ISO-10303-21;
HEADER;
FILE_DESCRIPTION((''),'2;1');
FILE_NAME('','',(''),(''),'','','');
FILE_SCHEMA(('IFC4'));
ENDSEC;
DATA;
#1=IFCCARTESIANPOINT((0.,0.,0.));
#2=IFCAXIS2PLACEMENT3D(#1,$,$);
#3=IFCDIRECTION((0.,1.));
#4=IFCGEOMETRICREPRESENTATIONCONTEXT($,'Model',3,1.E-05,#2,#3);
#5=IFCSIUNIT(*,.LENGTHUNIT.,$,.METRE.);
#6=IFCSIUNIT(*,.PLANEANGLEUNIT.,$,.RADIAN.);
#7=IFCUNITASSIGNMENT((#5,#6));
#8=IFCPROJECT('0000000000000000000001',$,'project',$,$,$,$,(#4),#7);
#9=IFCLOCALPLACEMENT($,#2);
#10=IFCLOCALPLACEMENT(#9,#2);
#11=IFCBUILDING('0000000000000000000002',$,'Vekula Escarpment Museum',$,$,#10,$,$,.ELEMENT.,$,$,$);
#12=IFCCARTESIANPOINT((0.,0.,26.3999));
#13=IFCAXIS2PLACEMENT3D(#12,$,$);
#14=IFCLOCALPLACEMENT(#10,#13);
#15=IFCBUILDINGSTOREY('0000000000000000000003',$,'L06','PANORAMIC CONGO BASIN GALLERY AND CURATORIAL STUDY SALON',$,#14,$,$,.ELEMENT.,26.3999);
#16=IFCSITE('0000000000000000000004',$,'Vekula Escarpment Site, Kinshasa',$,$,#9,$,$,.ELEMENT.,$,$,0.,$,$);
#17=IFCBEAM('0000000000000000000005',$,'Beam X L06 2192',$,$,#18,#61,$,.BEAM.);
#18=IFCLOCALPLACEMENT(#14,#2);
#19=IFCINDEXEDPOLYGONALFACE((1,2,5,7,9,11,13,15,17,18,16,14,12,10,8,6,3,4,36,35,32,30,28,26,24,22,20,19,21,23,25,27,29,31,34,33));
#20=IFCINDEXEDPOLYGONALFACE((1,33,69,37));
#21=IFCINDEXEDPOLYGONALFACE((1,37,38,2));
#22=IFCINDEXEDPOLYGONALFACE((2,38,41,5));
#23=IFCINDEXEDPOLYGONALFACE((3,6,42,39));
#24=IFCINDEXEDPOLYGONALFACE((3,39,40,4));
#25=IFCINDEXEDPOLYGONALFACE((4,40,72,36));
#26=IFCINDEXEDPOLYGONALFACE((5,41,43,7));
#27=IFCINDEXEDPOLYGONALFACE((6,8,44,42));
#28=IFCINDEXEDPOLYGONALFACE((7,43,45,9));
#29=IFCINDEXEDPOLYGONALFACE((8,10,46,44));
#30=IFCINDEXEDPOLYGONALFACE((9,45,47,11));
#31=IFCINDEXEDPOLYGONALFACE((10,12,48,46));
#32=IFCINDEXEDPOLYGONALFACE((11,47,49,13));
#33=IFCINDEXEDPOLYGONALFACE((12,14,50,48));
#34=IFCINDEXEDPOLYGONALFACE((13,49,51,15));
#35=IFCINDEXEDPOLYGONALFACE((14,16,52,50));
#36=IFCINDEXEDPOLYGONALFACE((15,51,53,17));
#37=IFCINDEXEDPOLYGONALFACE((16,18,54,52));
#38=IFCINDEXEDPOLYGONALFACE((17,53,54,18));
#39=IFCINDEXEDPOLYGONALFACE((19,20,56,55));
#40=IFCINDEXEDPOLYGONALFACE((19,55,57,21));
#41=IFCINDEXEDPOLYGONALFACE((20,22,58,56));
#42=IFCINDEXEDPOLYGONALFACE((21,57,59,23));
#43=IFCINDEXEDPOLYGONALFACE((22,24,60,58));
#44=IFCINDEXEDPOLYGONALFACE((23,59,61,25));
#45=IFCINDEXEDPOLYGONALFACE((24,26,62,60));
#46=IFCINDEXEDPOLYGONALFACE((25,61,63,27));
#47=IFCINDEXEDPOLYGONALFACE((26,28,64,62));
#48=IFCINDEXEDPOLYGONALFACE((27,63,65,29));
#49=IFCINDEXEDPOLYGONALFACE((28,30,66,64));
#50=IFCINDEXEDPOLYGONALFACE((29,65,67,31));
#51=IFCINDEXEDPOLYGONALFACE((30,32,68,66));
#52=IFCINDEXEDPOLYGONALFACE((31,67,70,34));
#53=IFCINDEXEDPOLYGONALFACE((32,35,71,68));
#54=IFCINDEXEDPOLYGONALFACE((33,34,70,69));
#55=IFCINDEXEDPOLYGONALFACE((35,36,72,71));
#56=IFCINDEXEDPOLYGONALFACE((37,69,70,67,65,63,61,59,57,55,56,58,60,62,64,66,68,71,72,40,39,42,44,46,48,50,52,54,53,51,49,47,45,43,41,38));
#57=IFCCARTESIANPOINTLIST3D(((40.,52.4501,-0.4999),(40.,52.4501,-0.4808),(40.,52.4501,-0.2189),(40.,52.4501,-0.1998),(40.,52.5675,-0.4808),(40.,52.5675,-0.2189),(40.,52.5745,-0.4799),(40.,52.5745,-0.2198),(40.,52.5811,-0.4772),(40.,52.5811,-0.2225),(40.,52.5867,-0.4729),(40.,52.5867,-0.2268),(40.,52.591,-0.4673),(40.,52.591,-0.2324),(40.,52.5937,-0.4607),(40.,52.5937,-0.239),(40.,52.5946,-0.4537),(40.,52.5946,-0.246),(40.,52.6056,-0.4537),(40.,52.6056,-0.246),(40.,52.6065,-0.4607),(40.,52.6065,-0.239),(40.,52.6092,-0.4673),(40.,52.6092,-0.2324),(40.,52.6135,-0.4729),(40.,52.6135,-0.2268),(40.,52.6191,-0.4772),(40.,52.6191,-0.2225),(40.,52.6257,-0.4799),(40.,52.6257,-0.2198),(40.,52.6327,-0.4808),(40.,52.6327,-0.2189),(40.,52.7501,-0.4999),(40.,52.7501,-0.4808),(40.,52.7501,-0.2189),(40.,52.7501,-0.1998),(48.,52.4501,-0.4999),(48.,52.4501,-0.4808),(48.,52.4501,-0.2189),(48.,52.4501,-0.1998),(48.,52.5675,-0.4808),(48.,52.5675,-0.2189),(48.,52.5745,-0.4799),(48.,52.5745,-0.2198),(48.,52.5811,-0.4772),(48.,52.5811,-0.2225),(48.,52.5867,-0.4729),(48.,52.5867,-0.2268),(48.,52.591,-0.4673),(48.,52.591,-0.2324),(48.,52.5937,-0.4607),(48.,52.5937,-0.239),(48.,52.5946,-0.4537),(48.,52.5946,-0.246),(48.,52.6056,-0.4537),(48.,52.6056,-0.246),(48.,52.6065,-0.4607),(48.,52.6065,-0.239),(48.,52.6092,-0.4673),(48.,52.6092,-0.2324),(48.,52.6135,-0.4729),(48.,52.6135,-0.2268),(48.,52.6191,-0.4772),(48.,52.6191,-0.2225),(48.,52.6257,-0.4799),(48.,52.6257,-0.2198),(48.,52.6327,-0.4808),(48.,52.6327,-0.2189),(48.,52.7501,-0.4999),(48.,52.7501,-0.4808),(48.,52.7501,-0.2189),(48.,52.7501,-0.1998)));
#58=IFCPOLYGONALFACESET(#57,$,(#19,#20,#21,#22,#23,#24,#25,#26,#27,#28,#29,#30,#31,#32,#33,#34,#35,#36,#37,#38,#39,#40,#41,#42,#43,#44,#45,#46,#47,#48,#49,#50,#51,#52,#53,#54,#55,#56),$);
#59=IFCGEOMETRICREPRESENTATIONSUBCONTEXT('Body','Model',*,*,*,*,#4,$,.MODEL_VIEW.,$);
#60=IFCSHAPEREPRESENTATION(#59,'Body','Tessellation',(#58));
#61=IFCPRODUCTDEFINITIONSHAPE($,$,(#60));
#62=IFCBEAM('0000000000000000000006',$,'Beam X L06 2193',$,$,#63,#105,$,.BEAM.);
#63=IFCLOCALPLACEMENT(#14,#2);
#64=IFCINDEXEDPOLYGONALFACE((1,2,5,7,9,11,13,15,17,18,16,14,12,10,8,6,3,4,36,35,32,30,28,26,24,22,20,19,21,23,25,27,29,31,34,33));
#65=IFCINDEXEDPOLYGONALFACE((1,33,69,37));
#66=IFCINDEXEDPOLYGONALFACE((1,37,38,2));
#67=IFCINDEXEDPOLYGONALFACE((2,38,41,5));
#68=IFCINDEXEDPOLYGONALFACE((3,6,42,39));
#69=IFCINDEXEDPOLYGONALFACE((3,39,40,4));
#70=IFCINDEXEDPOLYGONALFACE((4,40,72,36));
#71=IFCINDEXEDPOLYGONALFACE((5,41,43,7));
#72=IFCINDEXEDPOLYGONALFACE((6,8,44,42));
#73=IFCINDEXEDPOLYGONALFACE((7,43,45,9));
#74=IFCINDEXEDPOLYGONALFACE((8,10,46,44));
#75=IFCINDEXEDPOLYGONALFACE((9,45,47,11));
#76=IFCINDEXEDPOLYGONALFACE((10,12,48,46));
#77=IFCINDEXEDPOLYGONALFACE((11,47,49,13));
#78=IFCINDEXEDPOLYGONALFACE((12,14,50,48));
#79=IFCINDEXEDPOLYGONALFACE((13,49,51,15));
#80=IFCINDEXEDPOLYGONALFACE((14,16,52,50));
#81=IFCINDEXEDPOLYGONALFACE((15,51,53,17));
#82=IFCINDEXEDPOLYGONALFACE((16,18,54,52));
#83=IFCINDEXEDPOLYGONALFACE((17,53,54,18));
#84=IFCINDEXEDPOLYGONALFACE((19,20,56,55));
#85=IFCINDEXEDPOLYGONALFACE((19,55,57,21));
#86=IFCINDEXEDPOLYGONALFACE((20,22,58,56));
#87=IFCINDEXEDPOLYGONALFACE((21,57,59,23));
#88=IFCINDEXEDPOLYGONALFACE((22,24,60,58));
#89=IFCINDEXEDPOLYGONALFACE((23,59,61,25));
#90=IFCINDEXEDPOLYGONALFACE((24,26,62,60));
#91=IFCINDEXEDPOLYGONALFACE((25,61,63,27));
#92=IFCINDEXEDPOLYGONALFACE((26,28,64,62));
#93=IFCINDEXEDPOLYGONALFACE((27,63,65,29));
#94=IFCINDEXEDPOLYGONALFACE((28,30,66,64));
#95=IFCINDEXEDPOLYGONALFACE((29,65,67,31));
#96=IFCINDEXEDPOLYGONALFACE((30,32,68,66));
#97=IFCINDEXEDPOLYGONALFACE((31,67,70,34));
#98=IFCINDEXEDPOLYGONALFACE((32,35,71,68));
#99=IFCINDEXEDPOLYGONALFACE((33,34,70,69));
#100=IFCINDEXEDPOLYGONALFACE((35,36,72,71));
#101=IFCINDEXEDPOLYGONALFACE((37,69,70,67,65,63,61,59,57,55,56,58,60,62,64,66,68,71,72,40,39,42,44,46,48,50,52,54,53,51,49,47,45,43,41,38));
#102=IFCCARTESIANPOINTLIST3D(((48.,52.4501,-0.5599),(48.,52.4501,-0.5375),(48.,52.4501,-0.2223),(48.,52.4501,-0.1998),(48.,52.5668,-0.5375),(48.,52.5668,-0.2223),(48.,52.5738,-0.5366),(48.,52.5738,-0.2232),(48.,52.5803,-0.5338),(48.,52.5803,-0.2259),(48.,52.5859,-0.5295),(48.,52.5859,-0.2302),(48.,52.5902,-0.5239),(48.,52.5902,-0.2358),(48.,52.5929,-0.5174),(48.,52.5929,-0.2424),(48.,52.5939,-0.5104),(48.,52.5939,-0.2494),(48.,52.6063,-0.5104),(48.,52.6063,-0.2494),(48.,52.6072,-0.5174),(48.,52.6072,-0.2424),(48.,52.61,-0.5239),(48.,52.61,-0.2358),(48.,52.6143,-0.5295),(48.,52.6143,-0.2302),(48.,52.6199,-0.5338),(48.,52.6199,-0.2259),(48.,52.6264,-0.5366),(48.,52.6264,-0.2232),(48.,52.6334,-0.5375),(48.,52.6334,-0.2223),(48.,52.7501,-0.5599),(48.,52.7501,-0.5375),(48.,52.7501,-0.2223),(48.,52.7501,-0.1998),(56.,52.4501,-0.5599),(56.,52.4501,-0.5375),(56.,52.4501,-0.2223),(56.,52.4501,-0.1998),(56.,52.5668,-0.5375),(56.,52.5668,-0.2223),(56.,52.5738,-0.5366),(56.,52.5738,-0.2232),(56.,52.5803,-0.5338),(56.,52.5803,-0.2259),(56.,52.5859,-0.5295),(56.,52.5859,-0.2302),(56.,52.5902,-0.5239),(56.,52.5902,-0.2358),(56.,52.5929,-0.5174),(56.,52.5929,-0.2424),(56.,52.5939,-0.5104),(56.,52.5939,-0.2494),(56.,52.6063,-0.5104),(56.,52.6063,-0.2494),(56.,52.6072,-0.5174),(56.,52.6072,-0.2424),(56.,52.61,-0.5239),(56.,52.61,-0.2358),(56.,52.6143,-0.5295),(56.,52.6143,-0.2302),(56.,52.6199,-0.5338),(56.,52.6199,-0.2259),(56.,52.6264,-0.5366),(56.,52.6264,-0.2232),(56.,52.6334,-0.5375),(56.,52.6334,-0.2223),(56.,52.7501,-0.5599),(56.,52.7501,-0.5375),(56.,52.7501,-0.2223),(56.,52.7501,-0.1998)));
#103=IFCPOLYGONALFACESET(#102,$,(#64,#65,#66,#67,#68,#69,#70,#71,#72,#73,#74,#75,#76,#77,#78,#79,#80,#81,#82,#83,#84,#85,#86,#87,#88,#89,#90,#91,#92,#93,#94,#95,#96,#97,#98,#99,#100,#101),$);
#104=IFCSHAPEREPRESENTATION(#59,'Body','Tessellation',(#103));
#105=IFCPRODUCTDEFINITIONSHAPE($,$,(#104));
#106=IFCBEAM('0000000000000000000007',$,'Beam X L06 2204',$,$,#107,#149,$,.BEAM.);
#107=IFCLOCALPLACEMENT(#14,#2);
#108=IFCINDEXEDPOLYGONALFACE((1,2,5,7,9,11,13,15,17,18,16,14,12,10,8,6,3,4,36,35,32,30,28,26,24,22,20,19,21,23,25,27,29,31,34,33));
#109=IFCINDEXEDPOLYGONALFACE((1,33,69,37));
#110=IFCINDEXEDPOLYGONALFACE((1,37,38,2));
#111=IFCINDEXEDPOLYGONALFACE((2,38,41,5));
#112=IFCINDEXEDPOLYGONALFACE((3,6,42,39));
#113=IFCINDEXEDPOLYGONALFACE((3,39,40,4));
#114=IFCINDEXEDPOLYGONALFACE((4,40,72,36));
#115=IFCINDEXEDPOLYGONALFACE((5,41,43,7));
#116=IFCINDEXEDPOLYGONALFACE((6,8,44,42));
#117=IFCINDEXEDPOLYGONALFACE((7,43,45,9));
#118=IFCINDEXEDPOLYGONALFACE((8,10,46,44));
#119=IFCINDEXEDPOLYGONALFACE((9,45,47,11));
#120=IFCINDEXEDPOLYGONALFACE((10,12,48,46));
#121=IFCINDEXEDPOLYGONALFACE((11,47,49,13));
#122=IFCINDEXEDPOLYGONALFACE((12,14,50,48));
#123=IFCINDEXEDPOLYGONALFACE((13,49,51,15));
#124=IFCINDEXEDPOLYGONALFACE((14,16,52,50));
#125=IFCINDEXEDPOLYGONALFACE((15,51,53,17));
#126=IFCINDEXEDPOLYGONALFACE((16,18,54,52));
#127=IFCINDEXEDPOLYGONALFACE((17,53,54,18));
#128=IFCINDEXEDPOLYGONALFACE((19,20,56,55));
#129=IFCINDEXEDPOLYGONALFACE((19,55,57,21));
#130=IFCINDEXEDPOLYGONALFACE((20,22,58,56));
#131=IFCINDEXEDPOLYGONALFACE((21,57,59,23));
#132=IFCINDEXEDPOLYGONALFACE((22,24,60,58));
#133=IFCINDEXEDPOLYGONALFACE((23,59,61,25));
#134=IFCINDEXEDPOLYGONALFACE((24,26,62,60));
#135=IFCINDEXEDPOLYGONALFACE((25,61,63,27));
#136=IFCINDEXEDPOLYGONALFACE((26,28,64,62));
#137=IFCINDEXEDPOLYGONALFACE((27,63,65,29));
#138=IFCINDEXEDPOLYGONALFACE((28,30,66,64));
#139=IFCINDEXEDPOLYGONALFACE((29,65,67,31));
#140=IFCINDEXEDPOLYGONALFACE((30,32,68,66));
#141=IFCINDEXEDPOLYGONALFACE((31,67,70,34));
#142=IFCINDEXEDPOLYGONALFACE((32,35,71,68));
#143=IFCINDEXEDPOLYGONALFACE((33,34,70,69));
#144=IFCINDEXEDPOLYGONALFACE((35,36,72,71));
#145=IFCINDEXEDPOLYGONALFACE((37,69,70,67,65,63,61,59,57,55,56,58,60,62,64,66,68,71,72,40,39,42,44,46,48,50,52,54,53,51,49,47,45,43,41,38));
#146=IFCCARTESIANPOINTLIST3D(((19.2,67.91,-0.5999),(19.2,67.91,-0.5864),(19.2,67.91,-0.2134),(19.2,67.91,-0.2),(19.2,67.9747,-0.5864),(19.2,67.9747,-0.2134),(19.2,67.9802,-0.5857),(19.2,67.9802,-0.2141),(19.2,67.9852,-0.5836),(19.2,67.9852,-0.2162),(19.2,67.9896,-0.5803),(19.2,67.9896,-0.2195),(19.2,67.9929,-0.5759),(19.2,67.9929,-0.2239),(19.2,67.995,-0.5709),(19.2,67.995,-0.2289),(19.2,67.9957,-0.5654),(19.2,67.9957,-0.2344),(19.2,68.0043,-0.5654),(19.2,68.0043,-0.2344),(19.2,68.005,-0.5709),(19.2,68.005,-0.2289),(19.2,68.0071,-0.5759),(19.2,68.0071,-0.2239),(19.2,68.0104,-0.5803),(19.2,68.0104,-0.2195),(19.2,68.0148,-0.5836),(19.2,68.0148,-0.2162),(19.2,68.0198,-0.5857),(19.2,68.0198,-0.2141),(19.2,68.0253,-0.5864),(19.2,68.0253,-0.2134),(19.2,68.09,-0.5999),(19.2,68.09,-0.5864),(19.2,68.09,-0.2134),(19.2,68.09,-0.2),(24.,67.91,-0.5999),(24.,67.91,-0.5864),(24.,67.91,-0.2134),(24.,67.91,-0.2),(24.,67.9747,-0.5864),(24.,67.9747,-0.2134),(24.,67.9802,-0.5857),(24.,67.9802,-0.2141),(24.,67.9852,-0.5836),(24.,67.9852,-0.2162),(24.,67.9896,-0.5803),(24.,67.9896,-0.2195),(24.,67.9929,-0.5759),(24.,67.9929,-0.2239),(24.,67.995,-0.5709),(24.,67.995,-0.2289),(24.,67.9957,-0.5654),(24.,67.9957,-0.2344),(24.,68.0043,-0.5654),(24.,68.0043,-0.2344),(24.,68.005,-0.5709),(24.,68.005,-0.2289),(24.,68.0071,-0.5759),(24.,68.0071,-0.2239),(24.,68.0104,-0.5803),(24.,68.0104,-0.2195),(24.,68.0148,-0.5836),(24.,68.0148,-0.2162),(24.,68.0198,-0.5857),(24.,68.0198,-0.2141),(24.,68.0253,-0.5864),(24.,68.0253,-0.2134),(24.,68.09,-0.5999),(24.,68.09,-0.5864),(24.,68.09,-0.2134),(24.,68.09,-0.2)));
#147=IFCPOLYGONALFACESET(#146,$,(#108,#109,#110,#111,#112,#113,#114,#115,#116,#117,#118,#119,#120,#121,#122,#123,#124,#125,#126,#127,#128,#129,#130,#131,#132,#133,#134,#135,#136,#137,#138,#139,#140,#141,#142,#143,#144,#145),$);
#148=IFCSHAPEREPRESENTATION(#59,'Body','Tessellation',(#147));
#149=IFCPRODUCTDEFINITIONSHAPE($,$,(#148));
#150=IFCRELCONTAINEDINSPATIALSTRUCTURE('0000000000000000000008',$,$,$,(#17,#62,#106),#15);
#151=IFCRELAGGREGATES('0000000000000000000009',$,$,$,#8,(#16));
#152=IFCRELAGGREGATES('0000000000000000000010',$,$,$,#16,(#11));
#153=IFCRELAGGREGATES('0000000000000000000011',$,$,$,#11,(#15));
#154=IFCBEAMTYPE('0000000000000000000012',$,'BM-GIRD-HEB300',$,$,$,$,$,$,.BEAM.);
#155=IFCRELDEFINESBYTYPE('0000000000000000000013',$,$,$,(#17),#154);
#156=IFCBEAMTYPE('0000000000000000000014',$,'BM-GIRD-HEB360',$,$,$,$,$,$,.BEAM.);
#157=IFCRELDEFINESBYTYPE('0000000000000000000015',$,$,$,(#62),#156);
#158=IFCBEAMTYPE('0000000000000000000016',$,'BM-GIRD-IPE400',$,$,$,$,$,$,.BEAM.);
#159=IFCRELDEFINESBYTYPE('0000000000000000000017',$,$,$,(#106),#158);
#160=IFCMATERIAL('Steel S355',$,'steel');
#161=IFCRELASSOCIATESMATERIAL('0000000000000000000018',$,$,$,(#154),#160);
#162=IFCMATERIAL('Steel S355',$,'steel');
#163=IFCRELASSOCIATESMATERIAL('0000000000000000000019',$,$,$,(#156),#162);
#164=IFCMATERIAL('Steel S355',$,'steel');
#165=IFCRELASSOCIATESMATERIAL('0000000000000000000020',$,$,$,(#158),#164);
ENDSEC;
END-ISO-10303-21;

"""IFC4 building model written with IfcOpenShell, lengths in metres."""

from ifc_helpers import new_model, si_unit, direction, frame, origin, origin_2d, place, context, subcontext, project, spatial, i_section, extrude, material, material_profile, profile_set, type_object, element, save


model = new_model("IFC4")

# Units and contexts
model_context = context("Model", 3, precision=1e-05, world=origin(), true_north=direction((0.0, 1.0)))
body_context = subcontext(model_context, "Body", "Model", "MODEL_VIEW")
ifc_project = project(units=[si_unit("LENGTHUNIT", "METRE"), si_unit("PLANEANGLEUNIT", "RADIAN")], contexts=[model_context])

# Site, building, storey
site_placement = place(None, origin())
site = spatial("IfcSite", under=ifc_project, at=site_placement, Name="Vekula Escarpment Site, Kinshasa", CompositionType="ELEMENT", RefElevation=0.0)
building_placement = place(site_placement, origin())
building = spatial("IfcBuilding", under=site, at=building_placement, Name="Vekula Escarpment Museum", CompositionType="ELEMENT")
storey_placement = place(building_placement, frame((0.0, 0.0, 26.3999)))
storey = spatial("IfcBuildingStorey", under=building, at=storey_placement, Name="L06", Description="PANORAMIC CONGO BASIN GALLERY AND CURATORIAL STUDY SALON", CompositionType="ELEMENT", Elevation=26.3999)

# Beams
ifc_material_1 = material(Name="Steel S355", Category="steel")
ifc_material_profile_1 = material_profile(ifc_material_1, i_section(OverallWidth=0.3, OverallDepth=0.3, WebThickness=0.011, FlangeThickness=0.019, FilletRadius=0.0271, at=origin_2d()), Name="HEB 300")
ifc_profile_set_1 = profile_set([ifc_material_profile_1], Name="Steel S355")
beam_type_1 = type_object("IfcBeamType", Name="BM-GIRD-HEB300", PredefinedType="BEAM", material=ifc_profile_set_1)
beam_1_placement = place(storey_placement, frame((40.0, 52.6001, -0.3499), z_axis=(1.0, 0.0, 0.0), x_axis=(0.0, 1.0, 0.0)))
element("IfcBeam", 1, at=beam_1_placement, inside=storey, type_object=beam_type_1, Name="Beam X L06 2192", PredefinedType="BEAM", context=body_context, shape_type="SweptSolid", body=[
    extrude(i_section(OverallWidth=0.3, OverallDepth=0.3, WebThickness=0.011, FlangeThickness=0.019, FilletRadius=0.0271, at=origin_2d()), origin(), (0.0, 0.0, 1.0), 8.0),
])
ifc_material_2 = material(Name="Steel S355", Category="steel")
ifc_material_profile_2 = material_profile(ifc_material_2, i_section(OverallWidth=0.3, OverallDepth=0.3601, WebThickness=0.0125, FlangeThickness=0.0225, FilletRadius=0.0271, at=origin_2d()), Name="HEB 360")
ifc_profile_set_2 = profile_set([ifc_material_profile_2], Name="Steel S355")
beam_type_2 = type_object("IfcBeamType", Name="BM-GIRD-HEB360", PredefinedType="BEAM", material=ifc_profile_set_2)
beam_2_placement = place(storey_placement, frame((48.0, 52.6001, -0.3799), z_axis=(1.0, 0.0, 0.0), x_axis=(0.0, 1.0, 0.0)))
element("IfcBeam", 2, at=beam_2_placement, inside=storey, type_object=beam_type_2, Name="Beam X L06 2193", PredefinedType="BEAM", context=body_context, shape_type="SweptSolid", body=[
    extrude(i_section(OverallWidth=0.3, OverallDepth=0.3601, WebThickness=0.0125, FlangeThickness=0.0225, FilletRadius=0.0271, at=origin_2d()), origin(), (0.0, 0.0, 1.0), 8.0),
])
ifc_material_3 = material(Name="Steel S355", Category="steel")
ifc_material_profile_3 = material_profile(ifc_material_3, i_section(OverallWidth=0.1799, OverallDepth=0.3999, WebThickness=0.0085, FlangeThickness=0.0134, FilletRadius=0.021, at=origin_2d()), Name="IPE 400")
ifc_profile_set_3 = profile_set([ifc_material_profile_3], Name="Steel S355")
beam_type_3 = type_object("IfcBeamType", Name="BM-GIRD-IPE400", PredefinedType="BEAM", material=ifc_profile_set_3)
beam_3_placement = place(storey_placement, frame((19.2, 68.0, -0.3999), z_axis=(1.0, 0.0, 0.0), x_axis=(0.0, 1.0, 0.0)))
element("IfcBeam", 3, at=beam_3_placement, inside=storey, type_object=beam_type_3, Name="Beam X L06 2204", PredefinedType="BEAM", context=body_context, shape_type="SweptSolid", body=[
    extrude(i_section(OverallWidth=0.1799, OverallDepth=0.3999, WebThickness=0.0085, FlangeThickness=0.0134, FilletRadius=0.021, at=origin_2d()), origin(), (0.0, 0.0, 1.0), 4.8),
])

save(model, "model.ifc")
